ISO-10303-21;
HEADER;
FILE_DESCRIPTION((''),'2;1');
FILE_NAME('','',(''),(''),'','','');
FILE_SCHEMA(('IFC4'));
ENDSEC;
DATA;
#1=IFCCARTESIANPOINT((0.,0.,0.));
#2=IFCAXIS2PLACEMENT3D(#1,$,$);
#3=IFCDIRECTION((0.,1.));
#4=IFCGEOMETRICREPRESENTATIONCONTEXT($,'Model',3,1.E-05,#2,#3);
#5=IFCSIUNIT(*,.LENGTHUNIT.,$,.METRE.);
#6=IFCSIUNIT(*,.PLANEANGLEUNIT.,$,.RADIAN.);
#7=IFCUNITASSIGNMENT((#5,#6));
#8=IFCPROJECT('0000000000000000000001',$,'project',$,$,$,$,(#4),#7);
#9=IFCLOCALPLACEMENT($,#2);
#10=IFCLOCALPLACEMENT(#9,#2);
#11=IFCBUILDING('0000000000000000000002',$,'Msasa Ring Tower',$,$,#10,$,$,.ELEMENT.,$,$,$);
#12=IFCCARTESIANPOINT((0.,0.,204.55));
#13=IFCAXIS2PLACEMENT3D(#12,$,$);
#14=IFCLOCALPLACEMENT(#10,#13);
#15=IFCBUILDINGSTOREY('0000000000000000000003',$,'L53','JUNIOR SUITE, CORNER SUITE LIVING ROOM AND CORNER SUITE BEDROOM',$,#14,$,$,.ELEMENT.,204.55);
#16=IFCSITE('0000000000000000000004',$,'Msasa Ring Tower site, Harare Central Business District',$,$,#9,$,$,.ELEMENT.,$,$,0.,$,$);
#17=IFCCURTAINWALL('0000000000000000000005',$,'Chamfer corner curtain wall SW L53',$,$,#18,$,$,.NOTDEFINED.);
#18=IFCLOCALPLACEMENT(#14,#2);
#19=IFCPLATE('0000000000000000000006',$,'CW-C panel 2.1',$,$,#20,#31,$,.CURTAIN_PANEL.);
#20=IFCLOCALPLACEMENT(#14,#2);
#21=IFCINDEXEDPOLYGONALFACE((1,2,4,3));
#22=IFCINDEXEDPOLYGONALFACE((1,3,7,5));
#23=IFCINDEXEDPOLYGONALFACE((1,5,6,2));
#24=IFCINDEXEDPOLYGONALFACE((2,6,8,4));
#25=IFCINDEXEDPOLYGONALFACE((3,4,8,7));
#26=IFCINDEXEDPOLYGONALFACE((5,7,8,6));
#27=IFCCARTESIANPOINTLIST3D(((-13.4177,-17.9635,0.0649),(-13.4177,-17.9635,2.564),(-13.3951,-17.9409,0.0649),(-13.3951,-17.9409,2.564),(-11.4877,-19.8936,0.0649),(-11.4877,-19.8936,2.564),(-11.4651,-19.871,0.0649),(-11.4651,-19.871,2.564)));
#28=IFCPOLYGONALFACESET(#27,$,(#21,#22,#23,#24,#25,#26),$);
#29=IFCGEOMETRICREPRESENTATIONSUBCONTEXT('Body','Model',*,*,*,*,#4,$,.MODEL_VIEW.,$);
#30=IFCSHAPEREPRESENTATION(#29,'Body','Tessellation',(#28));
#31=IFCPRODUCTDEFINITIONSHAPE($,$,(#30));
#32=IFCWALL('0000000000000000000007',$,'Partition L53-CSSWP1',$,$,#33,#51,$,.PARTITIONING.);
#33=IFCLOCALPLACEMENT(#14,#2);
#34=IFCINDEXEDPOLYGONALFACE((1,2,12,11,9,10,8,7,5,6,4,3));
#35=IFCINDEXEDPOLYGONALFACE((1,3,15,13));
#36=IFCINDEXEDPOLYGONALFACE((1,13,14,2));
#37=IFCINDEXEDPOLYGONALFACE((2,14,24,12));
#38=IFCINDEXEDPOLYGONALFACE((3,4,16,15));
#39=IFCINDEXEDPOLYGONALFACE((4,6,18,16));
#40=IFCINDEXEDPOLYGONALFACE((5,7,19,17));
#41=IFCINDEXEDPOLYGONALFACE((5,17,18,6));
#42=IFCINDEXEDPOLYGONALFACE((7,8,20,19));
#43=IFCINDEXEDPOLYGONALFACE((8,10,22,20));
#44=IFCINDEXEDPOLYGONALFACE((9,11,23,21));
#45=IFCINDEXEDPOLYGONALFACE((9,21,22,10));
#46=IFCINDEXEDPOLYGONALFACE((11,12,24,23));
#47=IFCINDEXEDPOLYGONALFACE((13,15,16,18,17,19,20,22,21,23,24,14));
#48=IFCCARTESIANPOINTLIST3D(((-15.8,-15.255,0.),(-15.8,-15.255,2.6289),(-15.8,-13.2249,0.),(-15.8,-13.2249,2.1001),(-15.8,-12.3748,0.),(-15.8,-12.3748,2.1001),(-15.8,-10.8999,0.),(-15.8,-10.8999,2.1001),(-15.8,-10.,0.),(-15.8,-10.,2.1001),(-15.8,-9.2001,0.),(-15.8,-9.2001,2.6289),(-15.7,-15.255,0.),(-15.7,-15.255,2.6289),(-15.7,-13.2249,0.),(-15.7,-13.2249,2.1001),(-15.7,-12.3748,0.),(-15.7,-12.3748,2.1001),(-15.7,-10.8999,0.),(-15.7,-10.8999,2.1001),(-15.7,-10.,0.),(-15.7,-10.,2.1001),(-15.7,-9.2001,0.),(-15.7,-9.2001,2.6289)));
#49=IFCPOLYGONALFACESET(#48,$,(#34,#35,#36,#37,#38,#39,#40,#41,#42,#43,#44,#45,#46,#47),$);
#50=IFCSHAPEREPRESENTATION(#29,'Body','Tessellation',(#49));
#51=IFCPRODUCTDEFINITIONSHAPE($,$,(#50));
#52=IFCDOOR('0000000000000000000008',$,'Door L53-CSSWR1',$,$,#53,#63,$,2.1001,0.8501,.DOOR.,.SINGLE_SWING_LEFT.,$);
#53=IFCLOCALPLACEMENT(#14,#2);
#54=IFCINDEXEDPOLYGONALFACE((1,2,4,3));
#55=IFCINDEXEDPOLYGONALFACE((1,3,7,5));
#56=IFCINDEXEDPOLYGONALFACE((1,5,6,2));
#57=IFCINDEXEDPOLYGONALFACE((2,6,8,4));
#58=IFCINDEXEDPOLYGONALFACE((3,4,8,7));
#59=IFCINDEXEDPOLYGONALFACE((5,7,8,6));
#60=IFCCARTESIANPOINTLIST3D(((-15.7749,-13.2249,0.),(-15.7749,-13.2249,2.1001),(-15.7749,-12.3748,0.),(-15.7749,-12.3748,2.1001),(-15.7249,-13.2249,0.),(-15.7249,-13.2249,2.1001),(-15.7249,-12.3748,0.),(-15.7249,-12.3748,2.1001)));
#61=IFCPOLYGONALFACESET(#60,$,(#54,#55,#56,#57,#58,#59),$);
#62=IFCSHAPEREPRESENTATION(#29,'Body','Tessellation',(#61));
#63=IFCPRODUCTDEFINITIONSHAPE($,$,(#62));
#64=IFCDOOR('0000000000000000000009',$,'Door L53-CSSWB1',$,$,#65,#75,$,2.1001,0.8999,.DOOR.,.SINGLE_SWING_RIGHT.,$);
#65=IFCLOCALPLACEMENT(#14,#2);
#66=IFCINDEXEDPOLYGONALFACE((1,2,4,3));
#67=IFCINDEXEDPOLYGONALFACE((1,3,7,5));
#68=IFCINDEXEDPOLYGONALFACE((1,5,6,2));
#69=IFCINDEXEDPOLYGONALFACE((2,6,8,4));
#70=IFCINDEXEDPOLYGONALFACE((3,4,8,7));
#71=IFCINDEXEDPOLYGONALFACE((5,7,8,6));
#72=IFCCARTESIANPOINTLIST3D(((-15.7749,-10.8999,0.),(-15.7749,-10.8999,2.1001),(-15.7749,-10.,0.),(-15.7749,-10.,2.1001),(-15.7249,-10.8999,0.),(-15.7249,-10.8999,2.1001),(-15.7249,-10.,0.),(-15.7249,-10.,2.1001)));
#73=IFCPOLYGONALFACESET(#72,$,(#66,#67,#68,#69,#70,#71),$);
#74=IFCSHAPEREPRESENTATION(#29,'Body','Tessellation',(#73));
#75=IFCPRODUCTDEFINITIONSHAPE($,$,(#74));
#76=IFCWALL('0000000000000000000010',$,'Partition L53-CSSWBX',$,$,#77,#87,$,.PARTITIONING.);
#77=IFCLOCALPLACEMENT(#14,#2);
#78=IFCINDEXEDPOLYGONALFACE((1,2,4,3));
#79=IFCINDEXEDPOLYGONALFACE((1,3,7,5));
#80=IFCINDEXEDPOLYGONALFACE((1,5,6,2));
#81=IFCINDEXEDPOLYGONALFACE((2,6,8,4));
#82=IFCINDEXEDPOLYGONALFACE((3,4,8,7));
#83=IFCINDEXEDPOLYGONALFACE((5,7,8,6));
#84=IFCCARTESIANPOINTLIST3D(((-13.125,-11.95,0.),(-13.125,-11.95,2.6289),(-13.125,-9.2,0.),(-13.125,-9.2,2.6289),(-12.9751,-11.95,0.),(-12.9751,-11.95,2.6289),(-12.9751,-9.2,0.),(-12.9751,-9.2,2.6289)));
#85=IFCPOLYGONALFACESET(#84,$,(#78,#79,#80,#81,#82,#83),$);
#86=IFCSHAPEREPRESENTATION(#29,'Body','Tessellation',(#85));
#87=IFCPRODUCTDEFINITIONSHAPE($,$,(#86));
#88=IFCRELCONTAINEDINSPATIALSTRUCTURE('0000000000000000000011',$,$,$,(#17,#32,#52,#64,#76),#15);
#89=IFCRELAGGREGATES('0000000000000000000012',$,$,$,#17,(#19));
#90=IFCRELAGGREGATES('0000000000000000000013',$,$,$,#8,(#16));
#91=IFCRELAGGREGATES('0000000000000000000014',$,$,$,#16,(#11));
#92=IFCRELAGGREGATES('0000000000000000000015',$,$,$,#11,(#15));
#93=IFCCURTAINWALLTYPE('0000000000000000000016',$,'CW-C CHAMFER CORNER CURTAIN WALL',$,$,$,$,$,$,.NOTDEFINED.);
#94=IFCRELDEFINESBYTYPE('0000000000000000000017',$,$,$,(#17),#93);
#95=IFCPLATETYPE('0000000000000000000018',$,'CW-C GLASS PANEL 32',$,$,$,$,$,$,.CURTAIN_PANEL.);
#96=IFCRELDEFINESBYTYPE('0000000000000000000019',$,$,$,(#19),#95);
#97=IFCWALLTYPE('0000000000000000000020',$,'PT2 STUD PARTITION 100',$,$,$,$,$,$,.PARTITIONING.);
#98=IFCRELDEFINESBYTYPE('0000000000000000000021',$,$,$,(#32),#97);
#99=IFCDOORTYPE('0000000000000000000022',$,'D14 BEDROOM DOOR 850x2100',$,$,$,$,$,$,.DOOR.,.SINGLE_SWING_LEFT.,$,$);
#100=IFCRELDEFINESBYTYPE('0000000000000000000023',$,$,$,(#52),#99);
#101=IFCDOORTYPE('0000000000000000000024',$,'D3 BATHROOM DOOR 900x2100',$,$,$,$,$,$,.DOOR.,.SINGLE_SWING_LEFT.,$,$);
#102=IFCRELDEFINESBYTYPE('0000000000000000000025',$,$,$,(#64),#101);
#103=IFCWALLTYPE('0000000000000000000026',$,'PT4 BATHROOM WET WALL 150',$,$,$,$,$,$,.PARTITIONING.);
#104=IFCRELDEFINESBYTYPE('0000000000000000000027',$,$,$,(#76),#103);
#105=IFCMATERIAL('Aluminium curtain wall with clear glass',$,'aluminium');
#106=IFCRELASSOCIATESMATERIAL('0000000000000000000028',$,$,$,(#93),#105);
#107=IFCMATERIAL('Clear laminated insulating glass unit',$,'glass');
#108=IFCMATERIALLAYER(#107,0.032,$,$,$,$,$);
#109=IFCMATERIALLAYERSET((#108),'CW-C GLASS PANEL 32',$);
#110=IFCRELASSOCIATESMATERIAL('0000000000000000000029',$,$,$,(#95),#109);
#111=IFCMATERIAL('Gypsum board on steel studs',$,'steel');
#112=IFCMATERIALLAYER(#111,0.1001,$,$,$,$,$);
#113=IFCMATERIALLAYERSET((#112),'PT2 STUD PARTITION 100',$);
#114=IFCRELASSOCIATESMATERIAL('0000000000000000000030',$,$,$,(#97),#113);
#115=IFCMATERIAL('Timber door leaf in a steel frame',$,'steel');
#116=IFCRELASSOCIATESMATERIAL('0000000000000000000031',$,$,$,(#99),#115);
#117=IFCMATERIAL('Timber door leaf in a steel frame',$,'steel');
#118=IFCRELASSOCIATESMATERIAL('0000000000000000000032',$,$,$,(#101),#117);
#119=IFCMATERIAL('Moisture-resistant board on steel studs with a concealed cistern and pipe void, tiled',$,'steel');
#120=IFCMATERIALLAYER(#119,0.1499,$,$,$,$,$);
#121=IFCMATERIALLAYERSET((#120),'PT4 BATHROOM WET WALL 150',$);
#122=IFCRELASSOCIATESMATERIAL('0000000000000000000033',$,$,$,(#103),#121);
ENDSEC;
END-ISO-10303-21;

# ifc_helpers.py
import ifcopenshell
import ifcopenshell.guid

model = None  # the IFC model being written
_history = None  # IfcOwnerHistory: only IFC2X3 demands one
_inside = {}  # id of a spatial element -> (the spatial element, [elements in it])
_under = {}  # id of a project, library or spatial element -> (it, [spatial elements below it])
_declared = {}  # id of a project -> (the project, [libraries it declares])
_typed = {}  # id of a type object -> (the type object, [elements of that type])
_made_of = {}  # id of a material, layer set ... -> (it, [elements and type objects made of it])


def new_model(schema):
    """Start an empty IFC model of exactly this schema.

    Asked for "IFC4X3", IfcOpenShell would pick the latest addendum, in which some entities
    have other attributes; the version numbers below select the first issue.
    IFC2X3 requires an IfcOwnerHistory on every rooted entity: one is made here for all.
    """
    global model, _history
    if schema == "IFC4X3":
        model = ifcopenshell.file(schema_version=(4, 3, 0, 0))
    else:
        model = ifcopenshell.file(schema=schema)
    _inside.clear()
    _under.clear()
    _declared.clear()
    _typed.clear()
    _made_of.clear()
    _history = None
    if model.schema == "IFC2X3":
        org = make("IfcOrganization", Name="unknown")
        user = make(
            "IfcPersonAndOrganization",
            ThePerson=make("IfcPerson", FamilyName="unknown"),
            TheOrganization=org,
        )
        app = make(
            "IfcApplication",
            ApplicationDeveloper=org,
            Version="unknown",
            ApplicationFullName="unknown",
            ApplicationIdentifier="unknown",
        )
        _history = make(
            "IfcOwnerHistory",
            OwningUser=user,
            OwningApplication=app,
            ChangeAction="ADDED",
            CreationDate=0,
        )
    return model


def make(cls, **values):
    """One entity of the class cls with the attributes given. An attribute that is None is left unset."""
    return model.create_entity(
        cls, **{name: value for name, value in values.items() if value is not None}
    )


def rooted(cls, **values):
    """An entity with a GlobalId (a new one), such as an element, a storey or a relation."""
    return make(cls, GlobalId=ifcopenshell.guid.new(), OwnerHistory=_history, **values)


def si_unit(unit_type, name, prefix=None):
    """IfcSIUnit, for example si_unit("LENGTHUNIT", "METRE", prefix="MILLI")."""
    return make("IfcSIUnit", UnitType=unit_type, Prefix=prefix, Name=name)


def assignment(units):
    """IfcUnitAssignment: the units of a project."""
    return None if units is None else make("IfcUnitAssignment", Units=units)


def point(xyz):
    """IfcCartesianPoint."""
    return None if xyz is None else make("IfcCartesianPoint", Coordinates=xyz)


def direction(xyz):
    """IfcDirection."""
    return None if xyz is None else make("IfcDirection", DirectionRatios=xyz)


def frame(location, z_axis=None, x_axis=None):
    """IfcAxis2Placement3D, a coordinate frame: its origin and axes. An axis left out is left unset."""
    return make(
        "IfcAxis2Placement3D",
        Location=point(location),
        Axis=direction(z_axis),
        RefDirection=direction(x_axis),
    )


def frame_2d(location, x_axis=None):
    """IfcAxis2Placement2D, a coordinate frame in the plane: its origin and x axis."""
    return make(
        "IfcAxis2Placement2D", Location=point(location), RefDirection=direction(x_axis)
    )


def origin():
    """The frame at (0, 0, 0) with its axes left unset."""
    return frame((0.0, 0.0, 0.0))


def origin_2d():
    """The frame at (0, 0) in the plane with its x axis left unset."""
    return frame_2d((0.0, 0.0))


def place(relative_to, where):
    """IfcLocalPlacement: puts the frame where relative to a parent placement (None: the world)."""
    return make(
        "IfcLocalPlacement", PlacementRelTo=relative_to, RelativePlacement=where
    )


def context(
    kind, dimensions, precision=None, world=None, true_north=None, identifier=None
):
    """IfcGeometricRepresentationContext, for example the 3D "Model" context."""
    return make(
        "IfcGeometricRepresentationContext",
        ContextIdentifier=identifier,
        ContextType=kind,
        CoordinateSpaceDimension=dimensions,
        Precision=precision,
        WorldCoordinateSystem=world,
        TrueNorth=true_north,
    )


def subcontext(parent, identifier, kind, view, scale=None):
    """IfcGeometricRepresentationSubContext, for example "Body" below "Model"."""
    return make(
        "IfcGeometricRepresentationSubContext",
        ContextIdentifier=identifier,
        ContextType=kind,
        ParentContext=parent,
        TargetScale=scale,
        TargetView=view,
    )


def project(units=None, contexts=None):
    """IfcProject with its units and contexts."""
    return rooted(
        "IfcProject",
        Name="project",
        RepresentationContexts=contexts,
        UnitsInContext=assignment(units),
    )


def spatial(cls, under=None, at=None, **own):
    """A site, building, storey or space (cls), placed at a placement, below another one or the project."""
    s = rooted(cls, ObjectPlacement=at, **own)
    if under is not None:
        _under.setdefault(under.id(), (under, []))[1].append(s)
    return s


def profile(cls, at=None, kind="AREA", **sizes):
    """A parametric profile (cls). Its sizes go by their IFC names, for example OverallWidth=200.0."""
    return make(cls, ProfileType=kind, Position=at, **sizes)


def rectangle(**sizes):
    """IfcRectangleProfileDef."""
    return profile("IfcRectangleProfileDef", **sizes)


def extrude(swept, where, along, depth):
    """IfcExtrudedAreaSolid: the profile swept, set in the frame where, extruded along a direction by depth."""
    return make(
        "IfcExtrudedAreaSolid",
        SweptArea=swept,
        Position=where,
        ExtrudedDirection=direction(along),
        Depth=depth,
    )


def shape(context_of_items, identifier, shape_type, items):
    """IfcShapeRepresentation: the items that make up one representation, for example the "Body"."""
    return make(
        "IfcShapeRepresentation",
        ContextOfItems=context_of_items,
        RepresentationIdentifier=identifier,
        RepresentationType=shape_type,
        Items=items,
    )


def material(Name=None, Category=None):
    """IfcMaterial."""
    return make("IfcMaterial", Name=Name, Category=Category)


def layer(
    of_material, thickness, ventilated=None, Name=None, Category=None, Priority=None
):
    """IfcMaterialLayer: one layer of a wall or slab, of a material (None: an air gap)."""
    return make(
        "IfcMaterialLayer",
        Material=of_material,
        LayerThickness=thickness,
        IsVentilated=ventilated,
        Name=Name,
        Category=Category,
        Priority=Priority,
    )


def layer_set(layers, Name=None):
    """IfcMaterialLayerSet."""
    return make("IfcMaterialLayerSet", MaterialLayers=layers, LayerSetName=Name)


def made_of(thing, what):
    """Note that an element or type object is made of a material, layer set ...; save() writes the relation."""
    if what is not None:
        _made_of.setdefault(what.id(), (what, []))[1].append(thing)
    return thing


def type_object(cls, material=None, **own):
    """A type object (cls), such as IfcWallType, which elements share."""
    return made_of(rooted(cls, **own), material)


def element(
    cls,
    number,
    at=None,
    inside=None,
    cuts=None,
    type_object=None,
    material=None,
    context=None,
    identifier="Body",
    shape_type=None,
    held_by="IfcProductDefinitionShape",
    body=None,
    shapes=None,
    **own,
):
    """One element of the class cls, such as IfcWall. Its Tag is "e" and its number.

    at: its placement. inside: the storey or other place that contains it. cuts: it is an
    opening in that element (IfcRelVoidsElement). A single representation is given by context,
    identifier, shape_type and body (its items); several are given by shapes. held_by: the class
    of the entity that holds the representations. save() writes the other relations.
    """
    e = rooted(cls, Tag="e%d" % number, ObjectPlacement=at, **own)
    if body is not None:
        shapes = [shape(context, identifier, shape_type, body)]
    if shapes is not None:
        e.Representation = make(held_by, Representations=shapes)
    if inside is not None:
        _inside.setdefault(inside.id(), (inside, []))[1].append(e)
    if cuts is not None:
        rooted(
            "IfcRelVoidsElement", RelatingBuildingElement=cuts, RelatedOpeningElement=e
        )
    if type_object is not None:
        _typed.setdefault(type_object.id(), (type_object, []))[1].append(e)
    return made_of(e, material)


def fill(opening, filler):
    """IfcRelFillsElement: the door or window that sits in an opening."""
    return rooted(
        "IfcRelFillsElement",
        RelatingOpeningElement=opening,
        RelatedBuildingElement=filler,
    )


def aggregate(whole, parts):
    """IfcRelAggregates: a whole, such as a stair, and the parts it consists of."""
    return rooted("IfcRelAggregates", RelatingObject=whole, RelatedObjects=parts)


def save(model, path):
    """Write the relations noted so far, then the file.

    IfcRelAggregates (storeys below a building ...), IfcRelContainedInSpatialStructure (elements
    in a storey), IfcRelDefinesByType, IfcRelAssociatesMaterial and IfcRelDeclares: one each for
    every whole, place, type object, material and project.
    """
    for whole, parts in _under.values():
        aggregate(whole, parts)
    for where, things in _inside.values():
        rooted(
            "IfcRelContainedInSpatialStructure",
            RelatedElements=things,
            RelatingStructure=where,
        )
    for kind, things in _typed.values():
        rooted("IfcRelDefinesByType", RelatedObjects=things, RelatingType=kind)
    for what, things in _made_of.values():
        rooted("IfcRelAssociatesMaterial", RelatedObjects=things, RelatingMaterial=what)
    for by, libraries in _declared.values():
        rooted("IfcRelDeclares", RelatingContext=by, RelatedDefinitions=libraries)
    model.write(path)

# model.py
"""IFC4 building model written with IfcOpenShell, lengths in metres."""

from ifc_helpers import new_model, si_unit, direction, frame, frame_2d, origin, origin_2d, place, context, subcontext, project, spatial, rectangle, extrude, material, layer, layer_set, type_object, element, fill, aggregate, save


model = new_model("IFC4")

# Units and contexts
model_context = context("Model", 3, precision=1e-05, world=origin(), true_north=direction((0.0, 1.0)))
body_context = subcontext(model_context, "Body", "Model", "MODEL_VIEW")
ifc_project = project(units=[si_unit("LENGTHUNIT", "METRE"), si_unit("PLANEANGLEUNIT", "RADIAN")], contexts=[model_context])

# Site, building, storey
site_placement = place(None, origin())
site = spatial("IfcSite", under=ifc_project, at=site_placement, Name="Msasa Ring Tower site, Harare Central Business District", CompositionType="ELEMENT", RefElevation=0.0)
building_placement = place(site_placement, origin())
building = spatial("IfcBuilding", under=site, at=building_placement, Name="Msasa Ring Tower", CompositionType="ELEMENT")
storey_placement = place(building_placement, frame((0.0, 0.0, 204.55)))
storey = spatial("IfcBuildingStorey", under=building, at=storey_placement, Name="L53", Description="JUNIOR SUITE, CORNER SUITE LIVING ROOM AND CORNER SUITE BEDROOM", CompositionType="ELEMENT", Elevation=204.55)

# Curtain wall
ifc_material_1 = material(Name="Aluminium curtain wall with clear glass", Category="aluminium")
curtain_wall_type = type_object("IfcCurtainWallType", Name="CW-C CHAMFER CORNER CURTAIN WALL", PredefinedType="NOTDEFINED", material=ifc_material_1)
curtain_wall_1_placement = place(storey_placement, origin())
curtain_wall_1 = element("IfcCurtainWall", 1, at=curtain_wall_1_placement, inside=storey, type_object=curtain_wall_type, Name="Chamfer corner curtain wall SW L53", PredefinedType="NOTDEFINED")

# Plate
ifc_material_2 = material(Name="Clear laminated insulating glass unit", Category="glass")
ifc_layer_1 = layer(ifc_material_2, 0.032)
ifc_layer_set_1 = layer_set([ifc_layer_1], Name="CW-C GLASS PANEL 32")
plate_type = type_object("IfcPlateType", Name="CW-C GLASS PANEL 32", PredefinedType="CURTAIN_PANEL", material=ifc_layer_set_1)
plate_1_placement = place(storey_placement, frame((-12.4414, -18.9172, 0.0649), z_axis=(0.0, 0.0, 1.0), x_axis=(0.707107, -0.707107, 0.0)))
plate_1 = element("IfcPlate", 2, at=plate_1_placement, type_object=plate_type, Name="CW-C panel 2.1", PredefinedType="CURTAIN_PANEL", context=body_context, shape_type="SweptSolid", body=[
    extrude(rectangle(XDim=2.7295, YDim=0.032, at=origin_2d()), origin(), (0.0, 0.0, 1.0), 2.499),
])
aggregate(curtain_wall_1, [plate_1])

# Wall, openings, doors
ifc_material_3 = material(Name="Gypsum board on steel studs", Category="steel")
ifc_layer_2 = layer(ifc_material_3, 0.1001)
ifc_layer_set_2 = layer_set([ifc_layer_2], Name="PT2 STUD PARTITION 100")
wall_type_1 = type_object("IfcWallType", Name="PT2 STUD PARTITION 100", PredefinedType="PARTITIONING", material=ifc_layer_set_2)
wall_1_placement = place(storey_placement, frame((-15.75, -15.2549, 0.0), z_axis=(0.0, 0.0, 1.0), x_axis=(0.0, 1.0, 0.0)))
wall_1 = element("IfcWall", 3, at=wall_1_placement, inside=storey, type_object=wall_type_1, Name="Partition L53-CSSWP1", PredefinedType="PARTITIONING", context=body_context, shape_type="SweptSolid", body=[
    extrude(rectangle(XDim=6.0549, YDim=0.1001, at=frame_2d((3.0273, 0.0))), origin(), (0.0, 0.0, 1.0), 2.6289),
])
opening_1_placement = place(wall_1_placement, frame((2.03, 0.0, 0.0)))
opening_1 = element("IfcOpeningElement", 4, at=opening_1_placement, cuts=wall_1, PredefinedType="OPENING", context=body_context, shape_type="SweptSolid", body=[
    extrude(rectangle(XDim=0.8501, YDim=2.1001, at=frame_2d((0.425, 1.05))), frame((0.0, 0.0601, 0.0), z_axis=(0.0, -1.0, 0.0), x_axis=(1.0, 0.0, 0.0)), (0.0, 0.0, 1.0), 0.1201),
])
opening_2_placement = place(wall_1_placement, frame((4.355, 0.0, 0.0)))
opening_2 = element("IfcOpeningElement", 5, at=opening_2_placement, cuts=wall_1, PredefinedType="OPENING", context=body_context, shape_type="SweptSolid", body=[
    extrude(rectangle(XDim=0.8999, YDim=2.1001, at=frame_2d((0.45, 1.05))), frame((0.0, 0.0601, 0.0), z_axis=(0.0, -1.0, 0.0), x_axis=(1.0, 0.0, 0.0)), (0.0, 0.0, 1.0), 0.1201),
])
ifc_material_4 = material(Name="Timber door leaf in a steel frame", Category="steel")
door_type_1 = type_object("IfcDoorType", Name="D14 BEDROOM DOOR 850x2100", OperationType="SINGLE_SWING_LEFT", PredefinedType="DOOR", material=ifc_material_4)
door_1_placement = place(opening_1_placement, origin())
door_1 = element("IfcDoor", 6, at=door_1_placement, inside=storey, type_object=door_type_1, Name="Door L53-CSSWR1", OperationType="SINGLE_SWING_LEFT", OverallHeight=2.1001, OverallWidth=0.8501, PredefinedType="DOOR", context=body_context, shape_type="SweptSolid", body=[
    extrude(rectangle(XDim=0.8501, YDim=2.1001, at=frame_2d((0.425, 1.05))), frame((0.0, 0.0249, 0.0), z_axis=(0.0, -1.0, 0.0), x_axis=(1.0, 0.0, 0.0)), (0.0, 0.0, 1.0), 0.05),
])
fill(opening_1, door_1)
ifc_material_5 = material(Name="Timber door leaf in a steel frame", Category="steel")
door_type_2 = type_object("IfcDoorType", Name="D3 BATHROOM DOOR 900x2100", OperationType="SINGLE_SWING_LEFT", PredefinedType="DOOR", material=ifc_material_5)
door_2_placement = place(opening_2_placement, origin())
door_2 = element("IfcDoor", 7, at=door_2_placement, inside=storey, type_object=door_type_2, Name="Door L53-CSSWB1", OperationType="SINGLE_SWING_RIGHT", OverallHeight=2.1001, OverallWidth=0.8999, PredefinedType="DOOR", context=body_context, shape_type="SweptSolid", body=[
    extrude(rectangle(XDim=0.8999, YDim=2.1001, at=frame_2d((0.45, 1.05))), frame((0.0, 0.0249, 0.0), z_axis=(0.0, -1.0, 0.0), x_axis=(1.0, 0.0, 0.0)), (0.0, 0.0, 1.0), 0.05),
])
fill(opening_2, door_2)

# Wall
ifc_material_6 = material(Name="Moisture-resistant board on steel studs with a concealed cistern and pipe void, tiled", Category="steel")
ifc_layer_3 = layer(ifc_material_6, 0.1499)
ifc_layer_set_3 = layer_set([ifc_layer_3], Name="PT4 BATHROOM WET WALL 150")
wall_type_2 = type_object("IfcWallType", Name="PT4 BATHROOM WET WALL 150", PredefinedType="PARTITIONING", material=ifc_layer_set_3)
wall_2_placement = place(storey_placement, frame((-13.05, -11.95, 0.0), z_axis=(0.0, 0.0, 1.0), x_axis=(0.0, 1.0, 0.0)))
element("IfcWall", 8, at=wall_2_placement, inside=storey, type_object=wall_type_2, Name="Partition L53-CSSWBX", PredefinedType="PARTITIONING", context=body_context, shape_type="SweptSolid", body=[
    extrude(rectangle(XDim=2.75, YDim=0.1499, at=frame_2d((1.375, 0.0))), origin(), (0.0, 0.0, 1.0), 2.6289),
])

save(model, "model.ifc")
